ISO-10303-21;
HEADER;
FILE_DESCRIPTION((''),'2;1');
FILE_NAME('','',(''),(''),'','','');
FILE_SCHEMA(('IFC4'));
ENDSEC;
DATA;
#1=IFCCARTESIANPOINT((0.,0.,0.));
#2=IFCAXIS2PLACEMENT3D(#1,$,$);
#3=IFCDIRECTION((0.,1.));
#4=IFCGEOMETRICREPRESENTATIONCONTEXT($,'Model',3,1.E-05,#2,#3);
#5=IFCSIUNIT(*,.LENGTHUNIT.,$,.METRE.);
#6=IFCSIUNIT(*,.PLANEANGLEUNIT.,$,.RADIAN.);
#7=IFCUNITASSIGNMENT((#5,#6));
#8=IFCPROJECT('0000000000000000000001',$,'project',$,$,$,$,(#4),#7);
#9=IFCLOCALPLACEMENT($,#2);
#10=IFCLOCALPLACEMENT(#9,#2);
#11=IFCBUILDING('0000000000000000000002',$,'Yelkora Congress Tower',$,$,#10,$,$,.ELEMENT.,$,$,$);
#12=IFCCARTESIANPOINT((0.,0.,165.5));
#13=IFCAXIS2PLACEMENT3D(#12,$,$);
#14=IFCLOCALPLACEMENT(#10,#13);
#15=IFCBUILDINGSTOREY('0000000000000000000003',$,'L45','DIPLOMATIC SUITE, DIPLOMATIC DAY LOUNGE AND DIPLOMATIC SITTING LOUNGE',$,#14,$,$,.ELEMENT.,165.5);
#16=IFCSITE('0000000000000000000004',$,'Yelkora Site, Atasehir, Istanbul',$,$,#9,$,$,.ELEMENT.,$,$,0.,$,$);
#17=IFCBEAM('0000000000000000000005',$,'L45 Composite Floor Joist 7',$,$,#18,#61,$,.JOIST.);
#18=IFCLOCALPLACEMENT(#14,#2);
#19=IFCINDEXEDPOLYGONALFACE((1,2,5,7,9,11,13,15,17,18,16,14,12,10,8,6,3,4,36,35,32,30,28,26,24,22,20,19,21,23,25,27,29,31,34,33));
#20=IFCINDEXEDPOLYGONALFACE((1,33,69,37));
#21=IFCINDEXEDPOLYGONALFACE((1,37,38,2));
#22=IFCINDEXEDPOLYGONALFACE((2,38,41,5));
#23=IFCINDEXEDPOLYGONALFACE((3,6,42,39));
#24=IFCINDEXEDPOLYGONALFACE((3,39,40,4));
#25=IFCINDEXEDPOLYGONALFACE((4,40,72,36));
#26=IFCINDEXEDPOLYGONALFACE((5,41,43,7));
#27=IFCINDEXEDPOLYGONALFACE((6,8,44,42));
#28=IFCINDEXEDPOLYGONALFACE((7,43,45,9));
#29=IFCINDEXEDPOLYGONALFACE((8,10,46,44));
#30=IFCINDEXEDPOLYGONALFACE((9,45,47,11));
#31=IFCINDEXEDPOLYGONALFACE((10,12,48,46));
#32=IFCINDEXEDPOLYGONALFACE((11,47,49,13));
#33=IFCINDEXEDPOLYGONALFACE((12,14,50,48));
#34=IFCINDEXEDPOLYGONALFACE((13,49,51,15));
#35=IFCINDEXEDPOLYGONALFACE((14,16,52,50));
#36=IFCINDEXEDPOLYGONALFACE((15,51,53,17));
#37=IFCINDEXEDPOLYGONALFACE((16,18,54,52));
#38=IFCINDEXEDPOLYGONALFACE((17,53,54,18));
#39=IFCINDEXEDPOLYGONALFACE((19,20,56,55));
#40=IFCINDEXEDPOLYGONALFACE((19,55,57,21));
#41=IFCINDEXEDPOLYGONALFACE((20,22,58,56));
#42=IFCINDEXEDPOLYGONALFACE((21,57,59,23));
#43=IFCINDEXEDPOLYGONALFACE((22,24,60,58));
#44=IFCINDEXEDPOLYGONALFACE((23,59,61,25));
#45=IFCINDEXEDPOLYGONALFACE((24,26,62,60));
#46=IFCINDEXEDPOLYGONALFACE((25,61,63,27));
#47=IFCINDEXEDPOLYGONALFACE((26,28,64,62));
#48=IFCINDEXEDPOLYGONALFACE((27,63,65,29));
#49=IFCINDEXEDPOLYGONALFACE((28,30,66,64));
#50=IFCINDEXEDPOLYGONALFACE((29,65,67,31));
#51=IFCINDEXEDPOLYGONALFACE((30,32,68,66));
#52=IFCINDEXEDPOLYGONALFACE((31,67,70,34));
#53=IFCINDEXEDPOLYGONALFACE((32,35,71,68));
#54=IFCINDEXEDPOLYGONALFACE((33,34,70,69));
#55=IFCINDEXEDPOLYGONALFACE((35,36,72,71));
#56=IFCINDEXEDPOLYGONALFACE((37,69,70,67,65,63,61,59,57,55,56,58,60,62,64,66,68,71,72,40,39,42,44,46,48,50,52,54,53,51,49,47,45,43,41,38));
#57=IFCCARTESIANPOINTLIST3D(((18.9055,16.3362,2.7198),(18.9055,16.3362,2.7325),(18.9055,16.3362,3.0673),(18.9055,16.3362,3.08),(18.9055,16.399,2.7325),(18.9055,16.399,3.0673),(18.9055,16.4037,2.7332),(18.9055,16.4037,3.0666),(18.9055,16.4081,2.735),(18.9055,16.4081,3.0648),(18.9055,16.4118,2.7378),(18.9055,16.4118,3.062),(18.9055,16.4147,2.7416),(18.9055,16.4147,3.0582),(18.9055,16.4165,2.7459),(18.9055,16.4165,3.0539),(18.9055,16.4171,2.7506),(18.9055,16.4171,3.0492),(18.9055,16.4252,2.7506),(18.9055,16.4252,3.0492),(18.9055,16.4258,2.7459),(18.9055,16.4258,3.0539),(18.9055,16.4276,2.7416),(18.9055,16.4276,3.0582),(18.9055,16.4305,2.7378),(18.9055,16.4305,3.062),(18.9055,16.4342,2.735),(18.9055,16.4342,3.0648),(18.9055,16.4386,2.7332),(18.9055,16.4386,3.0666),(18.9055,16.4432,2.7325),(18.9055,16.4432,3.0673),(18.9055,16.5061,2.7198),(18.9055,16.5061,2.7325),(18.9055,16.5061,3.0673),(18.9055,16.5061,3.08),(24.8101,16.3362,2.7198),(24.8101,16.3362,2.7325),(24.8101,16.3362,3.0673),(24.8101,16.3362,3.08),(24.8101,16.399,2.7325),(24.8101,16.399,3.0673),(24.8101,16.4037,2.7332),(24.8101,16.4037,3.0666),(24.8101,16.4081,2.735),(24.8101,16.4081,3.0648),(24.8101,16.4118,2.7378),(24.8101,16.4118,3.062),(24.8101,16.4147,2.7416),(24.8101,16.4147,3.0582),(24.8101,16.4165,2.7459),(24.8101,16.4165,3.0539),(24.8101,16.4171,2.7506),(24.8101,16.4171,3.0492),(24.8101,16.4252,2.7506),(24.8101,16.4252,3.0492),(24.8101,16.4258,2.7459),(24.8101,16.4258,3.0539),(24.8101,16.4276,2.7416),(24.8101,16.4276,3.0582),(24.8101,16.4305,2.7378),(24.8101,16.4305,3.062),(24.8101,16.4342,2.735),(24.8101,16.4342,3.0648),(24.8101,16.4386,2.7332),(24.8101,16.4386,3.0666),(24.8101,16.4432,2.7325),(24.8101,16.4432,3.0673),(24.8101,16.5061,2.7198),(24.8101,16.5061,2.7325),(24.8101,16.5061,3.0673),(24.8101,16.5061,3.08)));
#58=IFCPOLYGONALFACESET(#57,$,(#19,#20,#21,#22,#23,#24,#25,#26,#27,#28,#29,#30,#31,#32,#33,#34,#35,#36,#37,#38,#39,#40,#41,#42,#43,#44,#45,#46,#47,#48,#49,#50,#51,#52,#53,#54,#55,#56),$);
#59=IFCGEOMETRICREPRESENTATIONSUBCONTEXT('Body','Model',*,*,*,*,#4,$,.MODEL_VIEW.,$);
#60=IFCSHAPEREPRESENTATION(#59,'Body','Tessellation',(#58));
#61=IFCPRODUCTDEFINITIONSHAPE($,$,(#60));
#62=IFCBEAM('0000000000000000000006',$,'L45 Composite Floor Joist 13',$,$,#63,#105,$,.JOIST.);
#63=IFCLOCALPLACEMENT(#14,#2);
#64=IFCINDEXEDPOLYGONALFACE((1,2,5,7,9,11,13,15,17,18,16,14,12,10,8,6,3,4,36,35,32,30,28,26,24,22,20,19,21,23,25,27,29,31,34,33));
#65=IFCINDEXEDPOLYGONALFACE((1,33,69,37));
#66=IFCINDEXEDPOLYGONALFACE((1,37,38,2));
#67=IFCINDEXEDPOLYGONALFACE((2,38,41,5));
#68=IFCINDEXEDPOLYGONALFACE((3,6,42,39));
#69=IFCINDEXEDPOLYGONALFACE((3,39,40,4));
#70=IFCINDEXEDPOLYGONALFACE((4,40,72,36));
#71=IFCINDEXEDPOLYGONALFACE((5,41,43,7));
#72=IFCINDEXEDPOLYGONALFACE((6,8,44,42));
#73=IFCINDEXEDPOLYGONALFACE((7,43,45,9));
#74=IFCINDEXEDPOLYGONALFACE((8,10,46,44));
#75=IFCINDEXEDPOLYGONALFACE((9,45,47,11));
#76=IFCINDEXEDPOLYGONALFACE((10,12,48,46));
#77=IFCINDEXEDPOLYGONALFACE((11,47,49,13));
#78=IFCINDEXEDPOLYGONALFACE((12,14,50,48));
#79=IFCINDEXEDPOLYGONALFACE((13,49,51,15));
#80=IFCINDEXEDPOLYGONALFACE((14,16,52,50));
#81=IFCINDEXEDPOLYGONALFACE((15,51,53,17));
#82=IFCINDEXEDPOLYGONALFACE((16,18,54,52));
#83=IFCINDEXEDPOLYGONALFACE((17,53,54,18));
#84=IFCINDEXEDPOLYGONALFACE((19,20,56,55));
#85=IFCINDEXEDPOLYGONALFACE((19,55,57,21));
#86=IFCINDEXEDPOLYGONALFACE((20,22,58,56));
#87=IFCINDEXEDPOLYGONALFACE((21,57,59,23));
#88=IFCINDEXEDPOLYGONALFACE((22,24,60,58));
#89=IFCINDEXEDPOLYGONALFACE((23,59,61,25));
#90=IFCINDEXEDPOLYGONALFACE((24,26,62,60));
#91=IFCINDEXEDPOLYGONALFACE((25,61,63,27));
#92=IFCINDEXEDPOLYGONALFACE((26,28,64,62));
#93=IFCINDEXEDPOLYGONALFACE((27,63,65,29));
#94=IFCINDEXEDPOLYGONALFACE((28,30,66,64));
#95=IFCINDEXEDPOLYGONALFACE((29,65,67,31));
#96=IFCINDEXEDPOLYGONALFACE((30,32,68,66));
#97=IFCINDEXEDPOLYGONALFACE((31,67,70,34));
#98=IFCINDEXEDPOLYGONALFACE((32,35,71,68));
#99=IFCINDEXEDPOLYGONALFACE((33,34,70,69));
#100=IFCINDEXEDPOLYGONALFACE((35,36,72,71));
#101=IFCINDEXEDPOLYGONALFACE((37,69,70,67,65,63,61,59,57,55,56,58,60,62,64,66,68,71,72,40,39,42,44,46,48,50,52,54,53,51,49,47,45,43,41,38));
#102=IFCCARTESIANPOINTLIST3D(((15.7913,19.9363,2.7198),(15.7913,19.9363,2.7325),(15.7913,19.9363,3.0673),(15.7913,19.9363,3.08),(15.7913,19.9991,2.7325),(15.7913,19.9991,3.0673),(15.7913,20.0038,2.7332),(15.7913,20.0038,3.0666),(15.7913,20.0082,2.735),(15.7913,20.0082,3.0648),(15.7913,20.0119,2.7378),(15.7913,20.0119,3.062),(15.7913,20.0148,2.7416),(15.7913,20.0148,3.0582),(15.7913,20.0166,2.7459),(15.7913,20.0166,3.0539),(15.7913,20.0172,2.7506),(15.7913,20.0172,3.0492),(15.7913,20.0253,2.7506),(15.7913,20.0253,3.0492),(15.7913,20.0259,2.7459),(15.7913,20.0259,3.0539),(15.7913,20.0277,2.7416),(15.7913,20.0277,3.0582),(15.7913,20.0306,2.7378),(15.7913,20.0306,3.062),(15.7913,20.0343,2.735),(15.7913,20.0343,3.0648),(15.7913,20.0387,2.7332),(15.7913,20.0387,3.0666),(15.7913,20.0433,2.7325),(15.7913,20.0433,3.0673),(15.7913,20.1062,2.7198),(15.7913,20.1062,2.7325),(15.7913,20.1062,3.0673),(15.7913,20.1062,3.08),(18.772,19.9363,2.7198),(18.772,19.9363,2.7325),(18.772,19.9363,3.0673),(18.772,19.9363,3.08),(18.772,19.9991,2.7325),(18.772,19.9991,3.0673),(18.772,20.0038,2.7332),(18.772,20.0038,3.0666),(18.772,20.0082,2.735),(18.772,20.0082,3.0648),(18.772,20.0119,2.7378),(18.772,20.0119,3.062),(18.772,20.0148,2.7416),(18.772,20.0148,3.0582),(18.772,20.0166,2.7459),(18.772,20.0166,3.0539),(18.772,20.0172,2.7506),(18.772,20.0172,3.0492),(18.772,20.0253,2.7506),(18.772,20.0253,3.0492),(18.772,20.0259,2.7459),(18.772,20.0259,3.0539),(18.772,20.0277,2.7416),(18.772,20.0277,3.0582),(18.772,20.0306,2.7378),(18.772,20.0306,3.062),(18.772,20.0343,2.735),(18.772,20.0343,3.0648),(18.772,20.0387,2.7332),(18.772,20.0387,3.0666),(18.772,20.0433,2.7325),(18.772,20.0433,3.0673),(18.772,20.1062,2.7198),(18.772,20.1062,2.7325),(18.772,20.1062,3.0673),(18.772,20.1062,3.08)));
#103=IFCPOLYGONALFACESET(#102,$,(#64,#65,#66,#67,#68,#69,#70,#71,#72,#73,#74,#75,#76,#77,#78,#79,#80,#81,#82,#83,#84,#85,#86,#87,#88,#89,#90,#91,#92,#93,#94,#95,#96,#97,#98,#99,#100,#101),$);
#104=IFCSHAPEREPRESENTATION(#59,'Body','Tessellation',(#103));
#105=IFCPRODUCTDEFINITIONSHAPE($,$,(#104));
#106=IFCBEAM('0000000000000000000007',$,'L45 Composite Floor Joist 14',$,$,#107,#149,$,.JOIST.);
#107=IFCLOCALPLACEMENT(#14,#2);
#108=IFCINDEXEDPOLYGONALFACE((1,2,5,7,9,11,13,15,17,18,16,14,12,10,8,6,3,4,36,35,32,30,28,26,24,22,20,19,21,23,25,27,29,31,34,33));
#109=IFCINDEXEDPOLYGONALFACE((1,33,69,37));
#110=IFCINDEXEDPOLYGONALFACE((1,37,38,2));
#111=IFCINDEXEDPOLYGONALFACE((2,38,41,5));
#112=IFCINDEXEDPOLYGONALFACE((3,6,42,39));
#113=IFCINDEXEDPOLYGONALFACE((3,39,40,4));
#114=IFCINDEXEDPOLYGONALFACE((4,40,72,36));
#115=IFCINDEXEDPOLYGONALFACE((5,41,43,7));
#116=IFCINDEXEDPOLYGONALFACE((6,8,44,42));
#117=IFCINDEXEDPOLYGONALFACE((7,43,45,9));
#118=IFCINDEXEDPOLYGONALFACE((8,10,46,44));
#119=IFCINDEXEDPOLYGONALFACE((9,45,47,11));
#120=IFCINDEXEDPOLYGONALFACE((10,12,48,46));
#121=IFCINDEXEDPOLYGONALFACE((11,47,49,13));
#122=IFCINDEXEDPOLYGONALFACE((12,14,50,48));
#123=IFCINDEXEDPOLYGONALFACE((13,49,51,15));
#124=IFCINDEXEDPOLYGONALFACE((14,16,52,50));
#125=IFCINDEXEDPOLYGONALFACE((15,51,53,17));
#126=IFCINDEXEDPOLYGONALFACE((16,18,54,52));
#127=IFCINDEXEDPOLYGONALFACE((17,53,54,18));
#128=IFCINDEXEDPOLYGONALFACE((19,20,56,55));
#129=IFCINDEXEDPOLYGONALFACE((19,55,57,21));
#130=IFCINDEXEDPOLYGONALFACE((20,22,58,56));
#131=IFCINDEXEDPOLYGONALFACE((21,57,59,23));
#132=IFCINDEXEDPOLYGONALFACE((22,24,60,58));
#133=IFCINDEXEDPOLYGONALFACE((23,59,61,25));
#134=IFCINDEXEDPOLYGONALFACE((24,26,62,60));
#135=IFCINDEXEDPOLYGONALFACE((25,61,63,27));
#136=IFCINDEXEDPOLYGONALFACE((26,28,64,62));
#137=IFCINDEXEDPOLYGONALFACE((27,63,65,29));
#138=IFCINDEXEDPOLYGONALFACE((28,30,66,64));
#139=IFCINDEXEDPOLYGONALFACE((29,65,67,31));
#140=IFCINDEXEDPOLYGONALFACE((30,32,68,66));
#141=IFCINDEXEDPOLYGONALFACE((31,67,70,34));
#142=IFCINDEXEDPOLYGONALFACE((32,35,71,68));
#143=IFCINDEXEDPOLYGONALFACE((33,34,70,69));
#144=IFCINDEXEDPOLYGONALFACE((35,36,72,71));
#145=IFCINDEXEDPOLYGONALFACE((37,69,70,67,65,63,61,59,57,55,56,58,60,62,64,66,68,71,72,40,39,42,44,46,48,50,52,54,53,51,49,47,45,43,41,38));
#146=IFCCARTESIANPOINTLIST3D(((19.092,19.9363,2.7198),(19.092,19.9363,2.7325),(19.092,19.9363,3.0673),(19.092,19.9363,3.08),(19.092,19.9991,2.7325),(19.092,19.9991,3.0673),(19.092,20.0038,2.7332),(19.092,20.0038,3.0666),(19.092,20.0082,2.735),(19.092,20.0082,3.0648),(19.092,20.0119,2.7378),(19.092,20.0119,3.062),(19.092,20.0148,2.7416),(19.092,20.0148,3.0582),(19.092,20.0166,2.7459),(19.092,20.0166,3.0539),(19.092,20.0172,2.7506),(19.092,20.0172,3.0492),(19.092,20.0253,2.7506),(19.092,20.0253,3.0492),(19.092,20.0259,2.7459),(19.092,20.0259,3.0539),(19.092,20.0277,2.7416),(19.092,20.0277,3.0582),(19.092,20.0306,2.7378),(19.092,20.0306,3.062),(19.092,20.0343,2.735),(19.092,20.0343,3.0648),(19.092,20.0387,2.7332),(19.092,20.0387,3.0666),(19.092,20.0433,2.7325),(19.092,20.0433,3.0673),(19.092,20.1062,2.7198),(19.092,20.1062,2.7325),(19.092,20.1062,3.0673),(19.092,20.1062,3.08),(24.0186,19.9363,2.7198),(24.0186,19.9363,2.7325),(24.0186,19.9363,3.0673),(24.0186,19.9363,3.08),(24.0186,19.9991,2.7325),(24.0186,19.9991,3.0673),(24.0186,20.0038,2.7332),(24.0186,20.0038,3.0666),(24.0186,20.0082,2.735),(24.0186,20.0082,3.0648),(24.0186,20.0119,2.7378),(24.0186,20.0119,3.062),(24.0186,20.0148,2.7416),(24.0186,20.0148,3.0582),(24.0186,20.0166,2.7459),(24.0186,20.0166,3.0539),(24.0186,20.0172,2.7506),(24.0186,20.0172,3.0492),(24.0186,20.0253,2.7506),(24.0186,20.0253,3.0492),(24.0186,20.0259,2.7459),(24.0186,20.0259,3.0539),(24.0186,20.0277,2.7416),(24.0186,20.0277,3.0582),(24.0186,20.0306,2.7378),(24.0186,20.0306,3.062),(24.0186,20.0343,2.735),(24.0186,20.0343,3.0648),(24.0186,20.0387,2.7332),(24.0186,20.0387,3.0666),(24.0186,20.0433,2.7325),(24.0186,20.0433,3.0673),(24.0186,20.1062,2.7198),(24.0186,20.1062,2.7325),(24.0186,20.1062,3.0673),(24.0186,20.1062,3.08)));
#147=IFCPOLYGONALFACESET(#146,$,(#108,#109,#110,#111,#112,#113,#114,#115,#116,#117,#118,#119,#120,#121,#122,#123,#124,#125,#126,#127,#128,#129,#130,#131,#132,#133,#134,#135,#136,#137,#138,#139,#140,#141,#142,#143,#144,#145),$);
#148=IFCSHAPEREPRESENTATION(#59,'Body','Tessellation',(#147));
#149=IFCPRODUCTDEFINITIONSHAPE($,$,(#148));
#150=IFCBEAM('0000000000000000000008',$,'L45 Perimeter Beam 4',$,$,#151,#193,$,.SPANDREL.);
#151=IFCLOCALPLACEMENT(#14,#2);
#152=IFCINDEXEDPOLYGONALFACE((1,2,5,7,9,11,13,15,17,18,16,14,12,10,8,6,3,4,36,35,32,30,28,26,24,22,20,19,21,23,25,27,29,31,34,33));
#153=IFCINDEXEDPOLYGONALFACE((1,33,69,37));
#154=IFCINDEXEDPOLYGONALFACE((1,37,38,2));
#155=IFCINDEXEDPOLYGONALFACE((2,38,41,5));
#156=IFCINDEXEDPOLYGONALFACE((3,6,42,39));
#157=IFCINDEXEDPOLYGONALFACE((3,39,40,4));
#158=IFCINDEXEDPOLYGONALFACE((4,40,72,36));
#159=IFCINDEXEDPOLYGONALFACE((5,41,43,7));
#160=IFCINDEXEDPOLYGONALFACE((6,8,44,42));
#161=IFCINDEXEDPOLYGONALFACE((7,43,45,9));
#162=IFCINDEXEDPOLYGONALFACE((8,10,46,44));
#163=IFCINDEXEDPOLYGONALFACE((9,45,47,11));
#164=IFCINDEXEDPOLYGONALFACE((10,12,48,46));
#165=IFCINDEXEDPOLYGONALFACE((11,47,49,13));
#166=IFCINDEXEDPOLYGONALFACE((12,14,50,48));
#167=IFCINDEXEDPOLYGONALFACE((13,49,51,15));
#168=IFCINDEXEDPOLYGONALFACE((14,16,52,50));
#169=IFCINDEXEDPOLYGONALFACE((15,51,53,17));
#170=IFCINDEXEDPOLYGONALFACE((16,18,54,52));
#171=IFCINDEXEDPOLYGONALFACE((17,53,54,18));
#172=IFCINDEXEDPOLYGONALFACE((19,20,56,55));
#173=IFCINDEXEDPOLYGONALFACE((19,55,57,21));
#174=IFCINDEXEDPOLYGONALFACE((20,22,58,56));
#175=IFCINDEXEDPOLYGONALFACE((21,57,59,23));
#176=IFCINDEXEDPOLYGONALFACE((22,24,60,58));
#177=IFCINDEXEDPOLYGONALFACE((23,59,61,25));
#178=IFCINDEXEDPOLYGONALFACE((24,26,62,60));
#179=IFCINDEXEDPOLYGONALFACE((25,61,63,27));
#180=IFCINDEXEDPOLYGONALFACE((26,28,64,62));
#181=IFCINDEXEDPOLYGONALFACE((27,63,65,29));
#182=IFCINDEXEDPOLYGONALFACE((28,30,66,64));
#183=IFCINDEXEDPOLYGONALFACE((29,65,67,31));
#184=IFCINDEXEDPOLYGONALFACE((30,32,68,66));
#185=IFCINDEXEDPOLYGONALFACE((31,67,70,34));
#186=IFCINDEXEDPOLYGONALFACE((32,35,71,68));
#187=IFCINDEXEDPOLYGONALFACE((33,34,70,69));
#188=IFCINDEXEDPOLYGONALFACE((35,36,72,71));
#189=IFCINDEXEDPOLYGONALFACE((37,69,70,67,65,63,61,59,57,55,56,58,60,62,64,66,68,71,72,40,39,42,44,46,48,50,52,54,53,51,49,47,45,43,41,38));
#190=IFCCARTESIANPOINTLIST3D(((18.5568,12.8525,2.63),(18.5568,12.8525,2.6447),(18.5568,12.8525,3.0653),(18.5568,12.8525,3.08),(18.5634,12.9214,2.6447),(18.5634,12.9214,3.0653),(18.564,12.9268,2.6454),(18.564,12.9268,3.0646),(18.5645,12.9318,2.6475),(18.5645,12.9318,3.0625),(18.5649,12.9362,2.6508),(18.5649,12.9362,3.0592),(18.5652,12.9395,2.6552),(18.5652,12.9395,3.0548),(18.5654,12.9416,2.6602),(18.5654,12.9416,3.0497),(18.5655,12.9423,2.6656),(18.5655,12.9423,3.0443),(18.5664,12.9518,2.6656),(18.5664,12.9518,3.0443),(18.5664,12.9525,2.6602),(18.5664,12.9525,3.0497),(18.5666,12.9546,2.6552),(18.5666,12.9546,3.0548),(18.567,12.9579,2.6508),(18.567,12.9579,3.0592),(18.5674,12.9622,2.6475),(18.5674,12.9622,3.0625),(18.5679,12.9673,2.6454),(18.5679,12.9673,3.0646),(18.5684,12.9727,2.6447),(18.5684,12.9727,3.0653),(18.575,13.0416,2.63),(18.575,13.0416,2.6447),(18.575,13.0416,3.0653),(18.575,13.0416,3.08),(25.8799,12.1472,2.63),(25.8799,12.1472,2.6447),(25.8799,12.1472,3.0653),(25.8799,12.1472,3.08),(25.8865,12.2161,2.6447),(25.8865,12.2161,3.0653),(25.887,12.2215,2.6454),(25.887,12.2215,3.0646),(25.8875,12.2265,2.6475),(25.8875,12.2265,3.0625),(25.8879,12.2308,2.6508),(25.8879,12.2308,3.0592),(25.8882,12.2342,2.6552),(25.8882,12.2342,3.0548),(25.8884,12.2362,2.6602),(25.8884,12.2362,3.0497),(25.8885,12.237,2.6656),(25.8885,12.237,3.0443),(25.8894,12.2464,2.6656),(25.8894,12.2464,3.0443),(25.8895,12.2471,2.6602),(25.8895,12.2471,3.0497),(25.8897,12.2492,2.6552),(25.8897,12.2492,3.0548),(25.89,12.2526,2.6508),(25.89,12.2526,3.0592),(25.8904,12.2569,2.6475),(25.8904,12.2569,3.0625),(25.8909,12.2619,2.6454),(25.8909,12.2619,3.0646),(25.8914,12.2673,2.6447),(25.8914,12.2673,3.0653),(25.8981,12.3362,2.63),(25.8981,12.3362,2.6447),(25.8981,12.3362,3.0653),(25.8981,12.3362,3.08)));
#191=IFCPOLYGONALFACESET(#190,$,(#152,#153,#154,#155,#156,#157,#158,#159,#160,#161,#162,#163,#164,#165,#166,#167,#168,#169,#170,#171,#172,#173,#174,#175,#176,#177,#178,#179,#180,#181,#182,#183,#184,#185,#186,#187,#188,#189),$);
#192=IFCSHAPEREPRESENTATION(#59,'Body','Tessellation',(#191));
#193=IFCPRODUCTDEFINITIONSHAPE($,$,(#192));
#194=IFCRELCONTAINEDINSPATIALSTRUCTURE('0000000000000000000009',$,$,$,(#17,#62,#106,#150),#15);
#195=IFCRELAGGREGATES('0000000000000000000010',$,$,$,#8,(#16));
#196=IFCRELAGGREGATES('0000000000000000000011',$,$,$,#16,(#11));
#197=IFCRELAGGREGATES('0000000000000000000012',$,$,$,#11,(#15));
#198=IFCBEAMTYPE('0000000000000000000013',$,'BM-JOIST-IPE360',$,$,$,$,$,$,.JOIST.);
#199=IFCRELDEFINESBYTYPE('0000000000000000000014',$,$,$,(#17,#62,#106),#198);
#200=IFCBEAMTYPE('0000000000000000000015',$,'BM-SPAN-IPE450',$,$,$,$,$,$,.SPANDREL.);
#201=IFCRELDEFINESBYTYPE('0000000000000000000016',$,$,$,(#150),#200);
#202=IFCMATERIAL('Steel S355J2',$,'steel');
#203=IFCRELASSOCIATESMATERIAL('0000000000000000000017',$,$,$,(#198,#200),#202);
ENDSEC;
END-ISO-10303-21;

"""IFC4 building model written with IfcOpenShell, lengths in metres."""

from ifc_helpers import new_model, si_unit, direction, frame, origin, origin_2d, place, context, subcontext, project, spatial, i_section, extrude, material, material_profile, profile_set, type_object, element, save


model = new_model("IFC4")

# Units and contexts
model_context = context("Model", 3, precision=1e-05, world=origin(), true_north=direction((0.0, 1.0)))
body_context = subcontext(model_context, "Body", "Model", "MODEL_VIEW")
ifc_project = project(units=[si_unit("LENGTHUNIT", "METRE"), si_unit("PLANEANGLEUNIT", "RADIAN")], contexts=[model_context])

# Site, building, storey
site_placement = place(None, origin())
site = spatial("IfcSite", under=ifc_project, at=site_placement, Name="Yelkora Site, Atasehir, Istanbul", CompositionType="ELEMENT", RefElevation=0.0)
building_placement = place(site_placement, origin())
building = spatial("IfcBuilding", under=site, at=building_placement, Name="Yelkora Congress Tower", CompositionType="ELEMENT")
storey_placement = place(building_placement, frame((0.0, 0.0, 165.5)))
storey = spatial("IfcBuildingStorey", under=building, at=storey_placement, Name="L45", Description="DIPLOMATIC SUITE, DIPLOMATIC DAY LOUNGE AND DIPLOMATIC SITTING LOUNGE", CompositionType="ELEMENT", Elevation=165.5)

# Beams
ifc_material_1 = material(Name="Steel S355J2", Category="steel")
ifc_material_profile_1 = material_profile(ifc_material_1, i_section(OverallWidth=0.1699, OverallDepth=0.3601, WebThickness=0.0081, FlangeThickness=0.0127, FilletRadius=0.0181, at=origin_2d()), Name="IPE 360")
ifc_profile_set_1 = profile_set([ifc_material_profile_1], Name="Steel S355J2")
beam_type_1 = type_object("IfcBeamType", Name="BM-JOIST-IPE360", PredefinedType="JOIST", material=ifc_profile_set_1)
beam_1_placement = place(storey_placement, frame((18.9055, 16.4211, 2.8999), z_axis=(1.0, 0.0, 0.0), x_axis=(0.0, 1.0, 0.0)))
element("IfcBeam", 1, at=beam_1_placement, inside=storey, type_object=beam_type_1, Name="L45 Composite Floor Joist 7", PredefinedType="JOIST", context=body_context, shape_type="SweptSolid", body=[
    extrude(i_section(OverallWidth=0.1699, OverallDepth=0.3601, WebThickness=0.0081, FlangeThickness=0.0127, FilletRadius=0.0181, at=origin_2d()), origin(), (0.0, 0.0, 1.0), 5.9045),
])
beam_2_placement = place(storey_placement, frame((15.7913, 20.0212, 2.8999), z_axis=(1.0, 0.0, 0.0), x_axis=(0.0, 1.0, 0.0)))
element("IfcBeam", 2, at=beam_2_placement, inside=storey, type_object=beam_type_1, Name="L45 Composite Floor Joist 13", PredefinedType="JOIST", context=body_context, shape_type="SweptSolid", body=[
    extrude(i_section(OverallWidth=0.1699, OverallDepth=0.3601, WebThickness=0.0081, FlangeThickness=0.0127, FilletRadius=0.0181, at=origin_2d()), origin(), (0.0, 0.0, 1.0), 2.9807),
])
beam_3_placement = place(storey_placement, frame((19.092, 20.0212, 2.8999), z_axis=(1.0, 0.0, 0.0), x_axis=(0.0, 1.0, 0.0)))
element("IfcBeam", 3, at=beam_3_placement, inside=storey, type_object=beam_type_1, Name="L45 Composite Floor Joist 14", PredefinedType="JOIST", context=body_context, shape_type="SweptSolid", body=[
    extrude(i_section(OverallWidth=0.1699, OverallDepth=0.3601, WebThickness=0.0081, FlangeThickness=0.0127, FilletRadius=0.0181, at=origin_2d()), origin(), (0.0, 0.0, 1.0), 4.9265),
])
ifc_material_profile_2 = material_profile(ifc_material_1, i_section(OverallWidth=0.1899, OverallDepth=0.45, WebThickness=0.0095, FlangeThickness=0.0146, FilletRadius=0.021, at=origin_2d()), Name="IPE 450")
ifc_profile_set_2 = profile_set([ifc_material_profile_2], Name="Steel S355J2")
beam_type_2 = type_object("IfcBeamType", Name="BM-SPAN-IPE450", PredefinedType="SPANDREL", material=ifc_profile_set_2)
beam_4_placement = place(storey_placement, frame((18.5659, 12.947, 2.855), z_axis=(0.995394, -0.095872, 0.0), x_axis=(0.095872, 0.995394, 0.0)))
element("IfcBeam", 4, at=beam_4_placement, inside=storey, type_object=beam_type_2, Name="L45 Perimeter Beam 4", PredefinedType="SPANDREL", context=body_context, shape_type="SweptSolid", body=[
    extrude(i_section(OverallWidth=0.1899, OverallDepth=0.45, WebThickness=0.0095, FlangeThickness=0.0146, FilletRadius=0.021, at=origin_2d()), origin(), (0.0, 0.0, 1.0), 7.3569),
])

save(model, "model.ifc")
